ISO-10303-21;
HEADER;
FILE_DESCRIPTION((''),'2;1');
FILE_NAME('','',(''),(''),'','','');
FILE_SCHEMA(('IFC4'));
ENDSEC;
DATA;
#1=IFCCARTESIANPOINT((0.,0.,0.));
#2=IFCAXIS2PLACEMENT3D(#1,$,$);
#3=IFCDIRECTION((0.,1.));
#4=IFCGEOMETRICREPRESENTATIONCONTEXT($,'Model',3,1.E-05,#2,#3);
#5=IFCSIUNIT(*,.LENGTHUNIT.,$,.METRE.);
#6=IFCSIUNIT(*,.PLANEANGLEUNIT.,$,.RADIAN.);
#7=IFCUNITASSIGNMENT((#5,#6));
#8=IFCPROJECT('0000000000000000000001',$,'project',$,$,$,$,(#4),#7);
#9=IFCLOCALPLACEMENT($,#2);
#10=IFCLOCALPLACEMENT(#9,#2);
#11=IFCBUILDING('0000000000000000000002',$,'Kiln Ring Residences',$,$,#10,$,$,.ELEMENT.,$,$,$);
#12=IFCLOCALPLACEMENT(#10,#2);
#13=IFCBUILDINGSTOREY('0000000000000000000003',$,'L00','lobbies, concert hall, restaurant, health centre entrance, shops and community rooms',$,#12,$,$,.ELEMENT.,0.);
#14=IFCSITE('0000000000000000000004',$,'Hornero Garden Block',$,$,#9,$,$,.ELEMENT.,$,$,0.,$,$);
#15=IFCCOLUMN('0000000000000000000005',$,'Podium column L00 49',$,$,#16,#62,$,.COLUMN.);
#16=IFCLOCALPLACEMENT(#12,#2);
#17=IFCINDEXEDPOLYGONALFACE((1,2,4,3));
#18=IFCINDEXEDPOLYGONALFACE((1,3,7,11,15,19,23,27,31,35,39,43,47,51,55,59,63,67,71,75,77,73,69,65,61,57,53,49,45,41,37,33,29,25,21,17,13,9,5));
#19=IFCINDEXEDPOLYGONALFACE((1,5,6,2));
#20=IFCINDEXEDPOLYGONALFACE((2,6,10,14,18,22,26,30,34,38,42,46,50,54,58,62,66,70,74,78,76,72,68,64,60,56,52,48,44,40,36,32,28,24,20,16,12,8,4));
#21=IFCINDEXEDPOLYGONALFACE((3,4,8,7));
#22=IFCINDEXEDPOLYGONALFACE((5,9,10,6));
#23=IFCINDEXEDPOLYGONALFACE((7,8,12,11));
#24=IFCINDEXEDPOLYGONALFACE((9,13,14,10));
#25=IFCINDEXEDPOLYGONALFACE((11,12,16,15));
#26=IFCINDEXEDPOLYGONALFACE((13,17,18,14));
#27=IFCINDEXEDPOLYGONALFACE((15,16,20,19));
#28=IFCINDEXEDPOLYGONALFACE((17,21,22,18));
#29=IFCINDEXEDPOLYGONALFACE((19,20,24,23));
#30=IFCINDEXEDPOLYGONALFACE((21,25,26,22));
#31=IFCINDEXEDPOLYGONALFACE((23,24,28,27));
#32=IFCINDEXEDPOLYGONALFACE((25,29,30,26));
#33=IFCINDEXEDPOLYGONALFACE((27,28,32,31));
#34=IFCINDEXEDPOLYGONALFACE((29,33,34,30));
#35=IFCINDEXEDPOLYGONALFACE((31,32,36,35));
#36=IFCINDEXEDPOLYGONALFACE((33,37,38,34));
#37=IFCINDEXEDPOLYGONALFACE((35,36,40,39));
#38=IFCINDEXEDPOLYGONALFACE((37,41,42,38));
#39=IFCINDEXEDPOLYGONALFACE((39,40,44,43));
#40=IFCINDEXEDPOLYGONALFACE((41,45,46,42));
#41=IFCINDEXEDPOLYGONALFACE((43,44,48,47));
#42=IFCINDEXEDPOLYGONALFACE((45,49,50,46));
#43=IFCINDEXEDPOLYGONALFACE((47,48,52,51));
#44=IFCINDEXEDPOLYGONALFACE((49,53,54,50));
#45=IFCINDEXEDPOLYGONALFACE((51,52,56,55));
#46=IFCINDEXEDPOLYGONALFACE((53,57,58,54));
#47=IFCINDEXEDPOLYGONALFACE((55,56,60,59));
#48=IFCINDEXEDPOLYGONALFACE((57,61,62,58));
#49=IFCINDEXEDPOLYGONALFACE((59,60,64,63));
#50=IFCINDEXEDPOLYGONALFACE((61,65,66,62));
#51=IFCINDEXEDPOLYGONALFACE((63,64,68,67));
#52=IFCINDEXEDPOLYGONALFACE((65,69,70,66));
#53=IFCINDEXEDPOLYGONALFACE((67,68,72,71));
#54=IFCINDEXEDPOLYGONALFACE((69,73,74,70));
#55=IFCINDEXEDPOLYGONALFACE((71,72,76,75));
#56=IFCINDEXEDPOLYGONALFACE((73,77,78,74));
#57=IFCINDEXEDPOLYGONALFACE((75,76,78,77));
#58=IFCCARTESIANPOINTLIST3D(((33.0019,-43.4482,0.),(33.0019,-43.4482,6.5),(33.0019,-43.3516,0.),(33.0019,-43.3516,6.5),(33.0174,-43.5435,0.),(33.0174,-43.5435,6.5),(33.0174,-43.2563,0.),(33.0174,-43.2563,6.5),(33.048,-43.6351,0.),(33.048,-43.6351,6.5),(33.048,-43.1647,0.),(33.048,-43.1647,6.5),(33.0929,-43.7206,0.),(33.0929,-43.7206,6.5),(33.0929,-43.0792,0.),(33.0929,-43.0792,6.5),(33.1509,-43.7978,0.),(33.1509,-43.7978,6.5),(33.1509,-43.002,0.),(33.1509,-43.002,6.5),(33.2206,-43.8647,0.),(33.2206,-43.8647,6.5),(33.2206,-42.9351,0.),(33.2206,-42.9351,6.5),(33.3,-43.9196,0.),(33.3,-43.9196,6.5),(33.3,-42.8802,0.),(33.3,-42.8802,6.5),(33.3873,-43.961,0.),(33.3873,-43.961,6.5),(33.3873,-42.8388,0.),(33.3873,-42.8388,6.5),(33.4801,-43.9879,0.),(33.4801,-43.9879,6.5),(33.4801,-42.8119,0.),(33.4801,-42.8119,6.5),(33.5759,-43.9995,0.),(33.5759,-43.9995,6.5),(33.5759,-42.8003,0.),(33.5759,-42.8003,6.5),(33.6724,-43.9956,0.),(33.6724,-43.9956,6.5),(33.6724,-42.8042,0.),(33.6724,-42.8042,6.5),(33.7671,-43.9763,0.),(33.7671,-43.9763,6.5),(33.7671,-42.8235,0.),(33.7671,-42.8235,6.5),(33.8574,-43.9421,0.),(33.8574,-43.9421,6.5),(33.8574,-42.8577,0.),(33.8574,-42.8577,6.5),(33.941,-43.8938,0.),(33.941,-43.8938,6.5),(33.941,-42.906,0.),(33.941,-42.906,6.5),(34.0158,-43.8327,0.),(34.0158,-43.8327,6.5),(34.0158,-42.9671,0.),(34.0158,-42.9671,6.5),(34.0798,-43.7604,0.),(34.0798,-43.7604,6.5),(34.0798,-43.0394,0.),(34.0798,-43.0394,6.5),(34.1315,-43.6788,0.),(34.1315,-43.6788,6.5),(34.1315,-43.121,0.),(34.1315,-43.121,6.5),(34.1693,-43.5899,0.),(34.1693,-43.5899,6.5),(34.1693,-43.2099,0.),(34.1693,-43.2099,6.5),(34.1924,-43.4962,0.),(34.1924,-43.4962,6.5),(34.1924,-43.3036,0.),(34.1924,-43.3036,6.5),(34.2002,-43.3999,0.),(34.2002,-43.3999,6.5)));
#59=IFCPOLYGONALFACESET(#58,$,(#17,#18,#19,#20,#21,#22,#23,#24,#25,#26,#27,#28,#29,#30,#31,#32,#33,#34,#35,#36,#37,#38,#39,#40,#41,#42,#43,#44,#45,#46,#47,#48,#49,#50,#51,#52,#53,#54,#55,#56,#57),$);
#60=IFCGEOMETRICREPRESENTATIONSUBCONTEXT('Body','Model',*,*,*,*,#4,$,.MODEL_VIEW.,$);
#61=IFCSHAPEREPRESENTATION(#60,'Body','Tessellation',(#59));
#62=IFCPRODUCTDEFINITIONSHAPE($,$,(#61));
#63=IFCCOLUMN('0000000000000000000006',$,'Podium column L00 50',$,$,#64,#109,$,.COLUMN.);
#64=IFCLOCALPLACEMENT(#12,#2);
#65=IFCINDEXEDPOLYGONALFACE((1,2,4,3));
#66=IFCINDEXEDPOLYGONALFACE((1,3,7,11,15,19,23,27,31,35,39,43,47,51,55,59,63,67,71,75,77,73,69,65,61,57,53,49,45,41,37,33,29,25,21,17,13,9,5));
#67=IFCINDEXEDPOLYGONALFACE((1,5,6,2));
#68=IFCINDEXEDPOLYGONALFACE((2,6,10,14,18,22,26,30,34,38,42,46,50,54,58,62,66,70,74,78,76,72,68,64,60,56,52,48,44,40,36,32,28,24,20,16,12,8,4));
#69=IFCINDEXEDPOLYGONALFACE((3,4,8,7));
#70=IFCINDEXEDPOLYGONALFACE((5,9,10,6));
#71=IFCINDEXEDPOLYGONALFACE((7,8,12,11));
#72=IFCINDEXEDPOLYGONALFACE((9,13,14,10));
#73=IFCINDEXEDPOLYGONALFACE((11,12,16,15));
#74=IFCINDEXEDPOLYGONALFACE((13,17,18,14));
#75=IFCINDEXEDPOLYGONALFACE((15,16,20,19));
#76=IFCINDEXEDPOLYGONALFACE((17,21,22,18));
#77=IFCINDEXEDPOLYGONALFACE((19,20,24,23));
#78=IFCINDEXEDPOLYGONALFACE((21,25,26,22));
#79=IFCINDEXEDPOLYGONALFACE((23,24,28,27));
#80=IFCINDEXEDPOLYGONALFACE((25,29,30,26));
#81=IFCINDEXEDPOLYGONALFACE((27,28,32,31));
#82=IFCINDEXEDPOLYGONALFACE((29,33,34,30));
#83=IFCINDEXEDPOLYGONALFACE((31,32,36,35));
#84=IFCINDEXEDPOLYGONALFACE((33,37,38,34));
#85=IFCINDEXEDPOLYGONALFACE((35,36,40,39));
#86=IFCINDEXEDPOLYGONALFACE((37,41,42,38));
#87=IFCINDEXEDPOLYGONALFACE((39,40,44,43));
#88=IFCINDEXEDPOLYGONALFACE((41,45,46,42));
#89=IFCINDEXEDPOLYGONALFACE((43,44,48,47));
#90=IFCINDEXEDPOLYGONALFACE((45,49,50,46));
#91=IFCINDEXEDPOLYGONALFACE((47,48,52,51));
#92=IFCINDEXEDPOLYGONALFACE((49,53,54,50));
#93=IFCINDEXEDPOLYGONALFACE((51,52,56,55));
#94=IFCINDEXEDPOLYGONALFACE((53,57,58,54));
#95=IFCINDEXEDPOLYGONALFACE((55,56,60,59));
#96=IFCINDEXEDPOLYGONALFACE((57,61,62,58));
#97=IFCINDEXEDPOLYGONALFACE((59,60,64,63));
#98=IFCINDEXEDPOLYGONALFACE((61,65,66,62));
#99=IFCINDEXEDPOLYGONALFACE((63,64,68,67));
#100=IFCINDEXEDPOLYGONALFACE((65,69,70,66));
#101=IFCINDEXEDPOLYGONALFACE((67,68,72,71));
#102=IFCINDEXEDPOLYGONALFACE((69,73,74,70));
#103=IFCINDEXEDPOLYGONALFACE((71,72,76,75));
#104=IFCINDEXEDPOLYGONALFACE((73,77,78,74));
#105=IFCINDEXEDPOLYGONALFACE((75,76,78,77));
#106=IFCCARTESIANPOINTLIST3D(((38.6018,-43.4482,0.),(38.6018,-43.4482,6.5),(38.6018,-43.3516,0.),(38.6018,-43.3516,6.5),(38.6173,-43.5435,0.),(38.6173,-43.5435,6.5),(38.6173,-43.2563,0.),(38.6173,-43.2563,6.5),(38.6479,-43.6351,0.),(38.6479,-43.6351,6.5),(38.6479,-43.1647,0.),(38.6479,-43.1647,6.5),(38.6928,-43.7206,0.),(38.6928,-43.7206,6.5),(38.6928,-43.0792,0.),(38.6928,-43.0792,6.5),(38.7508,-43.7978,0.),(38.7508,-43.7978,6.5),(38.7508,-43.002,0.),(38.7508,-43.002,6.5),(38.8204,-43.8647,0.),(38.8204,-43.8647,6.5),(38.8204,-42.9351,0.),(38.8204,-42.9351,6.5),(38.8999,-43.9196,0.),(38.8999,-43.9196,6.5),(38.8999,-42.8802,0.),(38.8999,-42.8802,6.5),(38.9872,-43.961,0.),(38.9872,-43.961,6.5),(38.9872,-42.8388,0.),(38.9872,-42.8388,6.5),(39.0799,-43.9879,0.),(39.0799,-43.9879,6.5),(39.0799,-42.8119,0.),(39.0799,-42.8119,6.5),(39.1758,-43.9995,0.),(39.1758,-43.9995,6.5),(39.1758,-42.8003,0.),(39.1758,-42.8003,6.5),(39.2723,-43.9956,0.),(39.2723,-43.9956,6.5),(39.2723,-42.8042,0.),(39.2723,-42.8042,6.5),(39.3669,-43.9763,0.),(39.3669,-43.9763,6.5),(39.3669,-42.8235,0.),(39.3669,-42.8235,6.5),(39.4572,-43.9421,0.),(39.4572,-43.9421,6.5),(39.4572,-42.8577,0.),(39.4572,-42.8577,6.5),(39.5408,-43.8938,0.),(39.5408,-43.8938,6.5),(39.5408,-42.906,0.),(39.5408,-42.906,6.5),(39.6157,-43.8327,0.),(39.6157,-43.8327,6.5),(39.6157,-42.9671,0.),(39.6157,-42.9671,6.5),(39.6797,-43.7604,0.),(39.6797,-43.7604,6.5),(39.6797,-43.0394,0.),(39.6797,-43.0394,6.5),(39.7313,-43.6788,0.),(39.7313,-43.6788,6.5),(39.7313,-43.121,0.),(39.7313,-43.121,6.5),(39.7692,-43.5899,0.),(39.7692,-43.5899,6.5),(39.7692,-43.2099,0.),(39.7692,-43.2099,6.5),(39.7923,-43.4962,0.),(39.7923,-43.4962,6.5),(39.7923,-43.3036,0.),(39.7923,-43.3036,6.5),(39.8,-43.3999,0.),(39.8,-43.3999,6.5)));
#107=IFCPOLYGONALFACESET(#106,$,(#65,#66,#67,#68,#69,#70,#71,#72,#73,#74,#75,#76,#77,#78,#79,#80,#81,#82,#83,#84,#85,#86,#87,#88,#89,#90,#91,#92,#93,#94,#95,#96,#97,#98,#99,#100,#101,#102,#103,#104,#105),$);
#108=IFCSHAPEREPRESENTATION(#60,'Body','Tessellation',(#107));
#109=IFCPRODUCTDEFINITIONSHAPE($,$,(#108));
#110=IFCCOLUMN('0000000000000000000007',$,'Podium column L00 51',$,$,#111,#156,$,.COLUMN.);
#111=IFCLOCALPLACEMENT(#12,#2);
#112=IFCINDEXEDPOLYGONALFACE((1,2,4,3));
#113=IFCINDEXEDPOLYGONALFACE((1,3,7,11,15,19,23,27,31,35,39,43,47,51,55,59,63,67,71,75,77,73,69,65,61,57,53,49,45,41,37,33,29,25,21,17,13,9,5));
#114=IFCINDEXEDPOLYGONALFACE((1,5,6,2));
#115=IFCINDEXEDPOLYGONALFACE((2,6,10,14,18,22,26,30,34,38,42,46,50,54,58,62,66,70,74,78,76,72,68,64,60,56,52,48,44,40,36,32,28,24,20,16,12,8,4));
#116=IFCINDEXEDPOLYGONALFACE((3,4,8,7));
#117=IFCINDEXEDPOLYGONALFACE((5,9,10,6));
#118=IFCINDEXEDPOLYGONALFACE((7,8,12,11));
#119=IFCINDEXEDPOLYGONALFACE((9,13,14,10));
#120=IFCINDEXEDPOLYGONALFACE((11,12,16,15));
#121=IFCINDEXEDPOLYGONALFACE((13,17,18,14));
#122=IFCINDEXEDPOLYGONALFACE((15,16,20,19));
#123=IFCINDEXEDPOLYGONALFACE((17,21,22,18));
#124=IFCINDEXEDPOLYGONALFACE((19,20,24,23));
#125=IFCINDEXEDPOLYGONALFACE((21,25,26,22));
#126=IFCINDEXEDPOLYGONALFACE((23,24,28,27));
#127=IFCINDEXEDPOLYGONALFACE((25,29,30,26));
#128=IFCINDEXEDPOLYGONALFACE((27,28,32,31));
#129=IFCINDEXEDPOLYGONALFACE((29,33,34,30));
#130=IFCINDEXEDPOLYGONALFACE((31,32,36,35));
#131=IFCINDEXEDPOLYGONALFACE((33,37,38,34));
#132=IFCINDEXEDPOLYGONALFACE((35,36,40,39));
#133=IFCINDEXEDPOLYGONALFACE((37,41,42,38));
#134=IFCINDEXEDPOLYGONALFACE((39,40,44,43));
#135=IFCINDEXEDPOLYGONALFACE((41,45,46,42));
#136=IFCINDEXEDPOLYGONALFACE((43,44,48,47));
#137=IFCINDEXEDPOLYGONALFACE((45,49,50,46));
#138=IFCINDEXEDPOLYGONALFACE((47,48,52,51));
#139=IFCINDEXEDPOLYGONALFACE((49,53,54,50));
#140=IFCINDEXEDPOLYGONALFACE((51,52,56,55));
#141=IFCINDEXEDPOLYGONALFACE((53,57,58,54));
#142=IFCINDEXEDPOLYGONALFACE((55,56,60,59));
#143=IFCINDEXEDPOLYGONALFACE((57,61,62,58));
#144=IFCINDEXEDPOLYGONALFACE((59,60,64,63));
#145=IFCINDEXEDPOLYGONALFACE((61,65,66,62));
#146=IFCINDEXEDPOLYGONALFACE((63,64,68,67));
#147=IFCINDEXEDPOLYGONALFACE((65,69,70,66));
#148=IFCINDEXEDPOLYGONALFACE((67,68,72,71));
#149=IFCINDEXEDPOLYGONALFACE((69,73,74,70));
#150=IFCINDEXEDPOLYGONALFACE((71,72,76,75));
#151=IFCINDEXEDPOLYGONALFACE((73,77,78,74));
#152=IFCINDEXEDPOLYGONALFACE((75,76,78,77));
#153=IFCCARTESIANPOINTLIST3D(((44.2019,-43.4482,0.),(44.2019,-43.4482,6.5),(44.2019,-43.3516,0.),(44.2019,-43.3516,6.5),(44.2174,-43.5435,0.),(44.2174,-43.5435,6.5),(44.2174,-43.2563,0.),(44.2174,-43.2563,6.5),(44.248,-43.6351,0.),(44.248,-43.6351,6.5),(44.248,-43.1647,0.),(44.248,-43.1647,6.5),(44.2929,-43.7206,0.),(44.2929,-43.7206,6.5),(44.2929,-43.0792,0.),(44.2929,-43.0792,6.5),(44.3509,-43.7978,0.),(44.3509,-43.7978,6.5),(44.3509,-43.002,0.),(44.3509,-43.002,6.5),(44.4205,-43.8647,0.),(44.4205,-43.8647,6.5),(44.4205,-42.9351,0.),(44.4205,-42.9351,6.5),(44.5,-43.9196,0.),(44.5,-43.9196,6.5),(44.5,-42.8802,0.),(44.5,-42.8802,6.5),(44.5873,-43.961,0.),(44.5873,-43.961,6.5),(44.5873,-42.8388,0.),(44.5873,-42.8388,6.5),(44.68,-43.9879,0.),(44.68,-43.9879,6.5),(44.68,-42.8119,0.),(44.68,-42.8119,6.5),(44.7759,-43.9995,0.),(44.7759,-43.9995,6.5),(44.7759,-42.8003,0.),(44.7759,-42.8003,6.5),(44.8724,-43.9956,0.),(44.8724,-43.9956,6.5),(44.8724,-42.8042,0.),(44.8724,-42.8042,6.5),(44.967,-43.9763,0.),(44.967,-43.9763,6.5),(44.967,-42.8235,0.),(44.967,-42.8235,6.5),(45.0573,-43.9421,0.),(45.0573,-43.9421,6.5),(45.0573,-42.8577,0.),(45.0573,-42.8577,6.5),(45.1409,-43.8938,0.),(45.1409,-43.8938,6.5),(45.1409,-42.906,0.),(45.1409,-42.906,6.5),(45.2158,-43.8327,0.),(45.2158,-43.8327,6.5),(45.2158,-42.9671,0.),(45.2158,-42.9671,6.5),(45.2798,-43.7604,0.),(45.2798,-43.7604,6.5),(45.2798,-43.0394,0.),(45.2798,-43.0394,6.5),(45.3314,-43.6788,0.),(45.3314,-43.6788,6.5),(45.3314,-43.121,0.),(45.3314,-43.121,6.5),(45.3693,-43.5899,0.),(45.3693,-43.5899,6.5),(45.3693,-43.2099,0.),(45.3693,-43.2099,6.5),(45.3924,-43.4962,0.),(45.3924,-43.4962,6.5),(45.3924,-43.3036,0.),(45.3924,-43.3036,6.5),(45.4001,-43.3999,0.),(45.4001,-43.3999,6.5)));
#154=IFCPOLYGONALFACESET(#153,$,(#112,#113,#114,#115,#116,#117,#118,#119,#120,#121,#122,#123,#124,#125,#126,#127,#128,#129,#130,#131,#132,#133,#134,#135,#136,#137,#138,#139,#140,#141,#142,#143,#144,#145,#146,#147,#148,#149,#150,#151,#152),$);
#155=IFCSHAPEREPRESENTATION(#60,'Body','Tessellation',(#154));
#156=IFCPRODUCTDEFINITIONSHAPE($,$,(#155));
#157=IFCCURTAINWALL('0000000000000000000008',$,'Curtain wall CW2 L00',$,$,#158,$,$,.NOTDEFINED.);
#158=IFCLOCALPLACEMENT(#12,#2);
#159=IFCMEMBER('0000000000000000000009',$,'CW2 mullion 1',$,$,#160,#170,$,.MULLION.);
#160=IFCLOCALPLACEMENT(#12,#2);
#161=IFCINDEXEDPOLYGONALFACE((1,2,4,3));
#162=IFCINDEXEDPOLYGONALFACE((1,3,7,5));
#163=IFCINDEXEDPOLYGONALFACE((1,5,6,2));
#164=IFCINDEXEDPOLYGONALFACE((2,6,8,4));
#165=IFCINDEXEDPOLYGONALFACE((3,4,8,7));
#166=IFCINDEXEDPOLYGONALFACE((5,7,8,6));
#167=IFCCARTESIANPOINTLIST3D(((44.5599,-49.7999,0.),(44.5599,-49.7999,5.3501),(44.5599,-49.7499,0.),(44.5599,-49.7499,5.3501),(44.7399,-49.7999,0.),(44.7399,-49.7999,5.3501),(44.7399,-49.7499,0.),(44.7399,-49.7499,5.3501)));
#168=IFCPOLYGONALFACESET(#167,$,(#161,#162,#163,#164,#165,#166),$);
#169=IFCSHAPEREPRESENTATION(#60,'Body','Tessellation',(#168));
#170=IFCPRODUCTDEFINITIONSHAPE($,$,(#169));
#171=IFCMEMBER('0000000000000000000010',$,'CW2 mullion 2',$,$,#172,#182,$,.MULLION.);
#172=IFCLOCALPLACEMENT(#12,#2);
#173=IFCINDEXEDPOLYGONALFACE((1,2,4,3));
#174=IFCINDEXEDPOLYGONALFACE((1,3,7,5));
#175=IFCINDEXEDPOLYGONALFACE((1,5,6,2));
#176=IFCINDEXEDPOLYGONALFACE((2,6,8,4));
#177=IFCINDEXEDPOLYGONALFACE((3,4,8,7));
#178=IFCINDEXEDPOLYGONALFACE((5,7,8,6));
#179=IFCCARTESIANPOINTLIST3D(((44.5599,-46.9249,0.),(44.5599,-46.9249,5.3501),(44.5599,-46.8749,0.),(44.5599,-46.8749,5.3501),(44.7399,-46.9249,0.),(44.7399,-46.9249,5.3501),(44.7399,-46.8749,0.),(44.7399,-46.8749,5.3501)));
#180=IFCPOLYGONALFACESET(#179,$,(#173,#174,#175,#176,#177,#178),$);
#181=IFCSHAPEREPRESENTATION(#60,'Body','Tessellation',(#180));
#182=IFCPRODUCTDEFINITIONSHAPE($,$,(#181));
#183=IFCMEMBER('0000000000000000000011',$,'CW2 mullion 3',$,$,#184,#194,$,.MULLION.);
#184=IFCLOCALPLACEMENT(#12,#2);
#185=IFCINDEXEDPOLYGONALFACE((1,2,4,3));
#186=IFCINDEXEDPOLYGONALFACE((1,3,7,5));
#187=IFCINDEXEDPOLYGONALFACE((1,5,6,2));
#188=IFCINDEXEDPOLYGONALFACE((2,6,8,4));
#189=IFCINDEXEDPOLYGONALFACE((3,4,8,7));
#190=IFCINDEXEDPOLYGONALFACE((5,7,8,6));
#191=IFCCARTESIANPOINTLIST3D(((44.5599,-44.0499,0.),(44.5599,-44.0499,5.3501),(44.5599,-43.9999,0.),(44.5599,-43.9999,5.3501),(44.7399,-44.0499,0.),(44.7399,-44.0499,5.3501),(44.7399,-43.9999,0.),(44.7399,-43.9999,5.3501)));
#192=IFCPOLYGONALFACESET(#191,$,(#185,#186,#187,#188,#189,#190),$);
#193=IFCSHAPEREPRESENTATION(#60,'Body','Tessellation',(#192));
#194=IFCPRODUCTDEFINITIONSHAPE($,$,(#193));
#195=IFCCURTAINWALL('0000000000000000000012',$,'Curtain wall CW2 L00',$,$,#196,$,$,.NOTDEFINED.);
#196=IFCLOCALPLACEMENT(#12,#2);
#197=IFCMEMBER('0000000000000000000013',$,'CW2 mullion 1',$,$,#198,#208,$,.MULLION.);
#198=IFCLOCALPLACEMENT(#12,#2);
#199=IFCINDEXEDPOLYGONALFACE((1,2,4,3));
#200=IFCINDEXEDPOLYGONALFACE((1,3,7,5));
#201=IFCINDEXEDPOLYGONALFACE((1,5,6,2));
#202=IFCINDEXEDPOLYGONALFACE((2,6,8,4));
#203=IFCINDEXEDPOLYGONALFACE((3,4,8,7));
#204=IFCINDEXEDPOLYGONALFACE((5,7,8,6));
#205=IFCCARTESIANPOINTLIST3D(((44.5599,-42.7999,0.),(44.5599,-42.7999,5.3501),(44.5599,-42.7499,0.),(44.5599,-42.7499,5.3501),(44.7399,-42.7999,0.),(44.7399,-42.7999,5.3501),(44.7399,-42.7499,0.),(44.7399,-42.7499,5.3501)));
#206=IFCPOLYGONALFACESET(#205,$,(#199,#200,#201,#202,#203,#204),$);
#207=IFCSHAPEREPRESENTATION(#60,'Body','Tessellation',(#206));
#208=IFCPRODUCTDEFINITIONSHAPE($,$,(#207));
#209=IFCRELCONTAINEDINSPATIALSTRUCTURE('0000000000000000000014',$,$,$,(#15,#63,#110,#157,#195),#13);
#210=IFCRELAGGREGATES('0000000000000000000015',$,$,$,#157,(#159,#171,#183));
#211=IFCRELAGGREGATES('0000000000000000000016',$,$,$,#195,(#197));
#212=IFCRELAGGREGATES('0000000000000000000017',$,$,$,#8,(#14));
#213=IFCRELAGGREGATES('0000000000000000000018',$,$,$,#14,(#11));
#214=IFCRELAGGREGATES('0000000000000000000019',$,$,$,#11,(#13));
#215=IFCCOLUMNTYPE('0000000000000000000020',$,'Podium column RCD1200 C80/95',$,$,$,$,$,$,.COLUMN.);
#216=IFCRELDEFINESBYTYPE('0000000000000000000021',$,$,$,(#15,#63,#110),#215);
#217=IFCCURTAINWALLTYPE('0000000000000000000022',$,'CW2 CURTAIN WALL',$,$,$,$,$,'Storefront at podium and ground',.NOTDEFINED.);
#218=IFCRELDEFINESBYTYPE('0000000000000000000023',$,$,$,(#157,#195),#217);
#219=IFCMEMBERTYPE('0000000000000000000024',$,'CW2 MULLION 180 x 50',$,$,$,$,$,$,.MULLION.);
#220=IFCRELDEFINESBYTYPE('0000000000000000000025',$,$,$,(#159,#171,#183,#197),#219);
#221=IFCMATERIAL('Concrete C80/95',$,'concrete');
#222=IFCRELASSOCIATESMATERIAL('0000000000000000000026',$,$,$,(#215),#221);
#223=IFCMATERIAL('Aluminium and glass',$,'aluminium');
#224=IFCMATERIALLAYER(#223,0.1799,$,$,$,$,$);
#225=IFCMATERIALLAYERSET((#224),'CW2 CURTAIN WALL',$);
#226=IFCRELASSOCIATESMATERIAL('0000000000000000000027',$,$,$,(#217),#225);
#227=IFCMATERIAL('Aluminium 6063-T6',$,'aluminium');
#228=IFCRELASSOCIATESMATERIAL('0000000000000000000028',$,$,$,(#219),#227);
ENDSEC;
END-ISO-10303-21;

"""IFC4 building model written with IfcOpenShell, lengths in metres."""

from ifc_helpers import new_model, si_unit, direction, frame, origin, origin_2d, place, context, subcontext, project, spatial, rectangle, circle, extrude, material, layer, layer_set, material_profile, profile_set, type_object, element, aggregate, save


model = new_model("IFC4")

# Units and contexts
model_context = context("Model", 3, precision=1e-05, world=origin(), true_north=direction((0.0, 1.0)))
body_context = subcontext(model_context, "Body", "Model", "MODEL_VIEW")
ifc_project = project(units=[si_unit("LENGTHUNIT", "METRE"), si_unit("PLANEANGLEUNIT", "RADIAN")], contexts=[model_context])

# Site, building, storey
site_placement = place(None, origin())
site = spatial("IfcSite", under=ifc_project, at=site_placement, Name="Hornero Garden Block", CompositionType="ELEMENT", RefElevation=0.0)
building_placement = place(site_placement, origin())
building = spatial("IfcBuilding", under=site, at=building_placement, Name="Kiln Ring Residences", CompositionType="ELEMENT")
storey_placement = place(building_placement, origin())
storey = spatial("IfcBuildingStorey", under=building, at=storey_placement, Name="L00", Description="lobbies, concert hall, restaurant, health centre entrance, shops and community rooms", CompositionType="ELEMENT", Elevation=0.0)

# Columns
ifc_material_1 = material(Name="Concrete C80/95", Category="concrete")
ifc_material_profile_1 = material_profile(ifc_material_1, circle(Radius=0.6001, at=origin_2d()), Name="RCD1200")
ifc_profile_set_1 = profile_set([ifc_material_profile_1], Name="Concrete C80/95")
column_type = type_object("IfcColumnType", Name="Podium column RCD1200 C80/95", PredefinedType="COLUMN", material=ifc_profile_set_1)
for number, where, z_axis, x_axis, name in (
    (1, (33.6001, -43.3999, 0.0), (0.0, 0.0, 1.0), (1.0, 0.0, 0.0), "Podium column L00 49"),
    (2, (39.2, -43.3999, 0.0), (0.0, 0.0, 1.0), (1.0, 0.0, 0.0), "Podium column L00 50"),
    (3, (44.8, -43.3999, 0.0), (0.0, 0.0, 1.0), (1.0, 0.0, 0.0), "Podium column L00 51"),
):
    element("IfcColumn", number, at=place(storey_placement, frame(where, z_axis=z_axis, x_axis=x_axis)), inside=storey, type_object=column_type, Name=name, PredefinedType="COLUMN", context=body_context, shape_type="SweptSolid", body=[
        extrude(circle(Radius=0.6001, at=origin_2d()), origin(), (0.0, 0.0, 1.0), 6.5),
    ])

# Curtain walls, members
ifc_material_2 = material(Name="Aluminium and glass", Category="aluminium")
ifc_layer_1 = layer(ifc_material_2, 0.1799)
ifc_layer_set_1 = layer_set([ifc_layer_1], Name="CW2 CURTAIN WALL")
curtain_wall_type = type_object("IfcCurtainWallType", Name="CW2 CURTAIN WALL", ElementType="Storefront at podium and ground", PredefinedType="NOTDEFINED", material=ifc_layer_set_1)
placement = place(storey_placement, origin())
curtain_wall_1 = element("IfcCurtainWall", 4, at=placement, inside=storey, type_object=curtain_wall_type, Name="Curtain wall CW2 L00", PredefinedType="NOTDEFINED")
ifc_material_3 = material(Name="Aluminium 6063-T6", Category="aluminium")
ifc_material_profile_2 = material_profile(ifc_material_3, rectangle(XDim=0.1799, YDim=0.05, at=origin_2d()), Name="AL 180x50")
ifc_profile_set_2 = profile_set([ifc_material_profile_2], Name="Aluminium 6063-T6")
member_type_1 = type_object("IfcMemberType", Name="CW2 MULLION 180 x 50", PredefinedType="MULLION", material=ifc_profile_set_2)
member_1_placement = place(storey_placement, frame((44.6499, -49.7749, 0.0), z_axis=(0.0, 0.0, 1.0), x_axis=(-1.0, 0.0, 0.0)))
member_1 = element("IfcMember", 5, at=member_1_placement, type_object=member_type_1, Name="CW2 mullion 1", PredefinedType="MULLION", context=body_context, shape_type="SweptSolid", body=[
    extrude(rectangle(XDim=0.1799, YDim=0.05, at=origin_2d()), origin(), (0.0, 0.0, 1.0), 5.3501),
])
member_2_placement = place(storey_placement, frame((44.6499, -46.8999, 0.0), z_axis=(0.0, 0.0, 1.0), x_axis=(-1.0, 0.0, 0.0)))
member_2 = element("IfcMember", 6, at=member_2_placement, type_object=member_type_1, Name="CW2 mullion 2", PredefinedType="MULLION", context=body_context, shape_type="SweptSolid", body=[
    extrude(rectangle(XDim=0.1799, YDim=0.05, at=origin_2d()), origin(), (0.0, 0.0, 1.0), 5.3501),
])
member_3_placement = place(storey_placement, frame((44.6499, -44.0249, 0.0), z_axis=(0.0, 0.0, 1.0), x_axis=(-1.0, 0.0, 0.0)))
member_3 = element("IfcMember", 7, at=member_3_placement, type_object=member_type_1, Name="CW2 mullion 3", PredefinedType="MULLION", context=body_context, shape_type="SweptSolid", body=[
    extrude(rectangle(XDim=0.1799, YDim=0.05, at=origin_2d()), origin(), (0.0, 0.0, 1.0), 5.3501),
])
curtain_wall_2 = element("IfcCurtainWall", 8, at=placement, inside=storey, type_object=curtain_wall_type, Name="Curtain wall CW2 L00", PredefinedType="NOTDEFINED")
member_4_placement = place(storey_placement, frame((44.6499, -42.7749, 0.0), z_axis=(0.0, 0.0, 1.0), x_axis=(-1.0, 0.0, 0.0)))
member_4 = element("IfcMember", 9, at=member_4_placement, type_object=member_type_1, Name="CW2 mullion 1", PredefinedType="MULLION", context=body_context, shape_type="SweptSolid", body=[
    extrude(rectangle(XDim=0.1799, YDim=0.05, at=origin_2d()), origin(), (0.0, 0.0, 1.0), 5.3501),
])

aggregate(curtain_wall_1, [member_1, member_2, member_3])
aggregate(curtain_wall_2, [member_4])

save(model, "model.ifc")
